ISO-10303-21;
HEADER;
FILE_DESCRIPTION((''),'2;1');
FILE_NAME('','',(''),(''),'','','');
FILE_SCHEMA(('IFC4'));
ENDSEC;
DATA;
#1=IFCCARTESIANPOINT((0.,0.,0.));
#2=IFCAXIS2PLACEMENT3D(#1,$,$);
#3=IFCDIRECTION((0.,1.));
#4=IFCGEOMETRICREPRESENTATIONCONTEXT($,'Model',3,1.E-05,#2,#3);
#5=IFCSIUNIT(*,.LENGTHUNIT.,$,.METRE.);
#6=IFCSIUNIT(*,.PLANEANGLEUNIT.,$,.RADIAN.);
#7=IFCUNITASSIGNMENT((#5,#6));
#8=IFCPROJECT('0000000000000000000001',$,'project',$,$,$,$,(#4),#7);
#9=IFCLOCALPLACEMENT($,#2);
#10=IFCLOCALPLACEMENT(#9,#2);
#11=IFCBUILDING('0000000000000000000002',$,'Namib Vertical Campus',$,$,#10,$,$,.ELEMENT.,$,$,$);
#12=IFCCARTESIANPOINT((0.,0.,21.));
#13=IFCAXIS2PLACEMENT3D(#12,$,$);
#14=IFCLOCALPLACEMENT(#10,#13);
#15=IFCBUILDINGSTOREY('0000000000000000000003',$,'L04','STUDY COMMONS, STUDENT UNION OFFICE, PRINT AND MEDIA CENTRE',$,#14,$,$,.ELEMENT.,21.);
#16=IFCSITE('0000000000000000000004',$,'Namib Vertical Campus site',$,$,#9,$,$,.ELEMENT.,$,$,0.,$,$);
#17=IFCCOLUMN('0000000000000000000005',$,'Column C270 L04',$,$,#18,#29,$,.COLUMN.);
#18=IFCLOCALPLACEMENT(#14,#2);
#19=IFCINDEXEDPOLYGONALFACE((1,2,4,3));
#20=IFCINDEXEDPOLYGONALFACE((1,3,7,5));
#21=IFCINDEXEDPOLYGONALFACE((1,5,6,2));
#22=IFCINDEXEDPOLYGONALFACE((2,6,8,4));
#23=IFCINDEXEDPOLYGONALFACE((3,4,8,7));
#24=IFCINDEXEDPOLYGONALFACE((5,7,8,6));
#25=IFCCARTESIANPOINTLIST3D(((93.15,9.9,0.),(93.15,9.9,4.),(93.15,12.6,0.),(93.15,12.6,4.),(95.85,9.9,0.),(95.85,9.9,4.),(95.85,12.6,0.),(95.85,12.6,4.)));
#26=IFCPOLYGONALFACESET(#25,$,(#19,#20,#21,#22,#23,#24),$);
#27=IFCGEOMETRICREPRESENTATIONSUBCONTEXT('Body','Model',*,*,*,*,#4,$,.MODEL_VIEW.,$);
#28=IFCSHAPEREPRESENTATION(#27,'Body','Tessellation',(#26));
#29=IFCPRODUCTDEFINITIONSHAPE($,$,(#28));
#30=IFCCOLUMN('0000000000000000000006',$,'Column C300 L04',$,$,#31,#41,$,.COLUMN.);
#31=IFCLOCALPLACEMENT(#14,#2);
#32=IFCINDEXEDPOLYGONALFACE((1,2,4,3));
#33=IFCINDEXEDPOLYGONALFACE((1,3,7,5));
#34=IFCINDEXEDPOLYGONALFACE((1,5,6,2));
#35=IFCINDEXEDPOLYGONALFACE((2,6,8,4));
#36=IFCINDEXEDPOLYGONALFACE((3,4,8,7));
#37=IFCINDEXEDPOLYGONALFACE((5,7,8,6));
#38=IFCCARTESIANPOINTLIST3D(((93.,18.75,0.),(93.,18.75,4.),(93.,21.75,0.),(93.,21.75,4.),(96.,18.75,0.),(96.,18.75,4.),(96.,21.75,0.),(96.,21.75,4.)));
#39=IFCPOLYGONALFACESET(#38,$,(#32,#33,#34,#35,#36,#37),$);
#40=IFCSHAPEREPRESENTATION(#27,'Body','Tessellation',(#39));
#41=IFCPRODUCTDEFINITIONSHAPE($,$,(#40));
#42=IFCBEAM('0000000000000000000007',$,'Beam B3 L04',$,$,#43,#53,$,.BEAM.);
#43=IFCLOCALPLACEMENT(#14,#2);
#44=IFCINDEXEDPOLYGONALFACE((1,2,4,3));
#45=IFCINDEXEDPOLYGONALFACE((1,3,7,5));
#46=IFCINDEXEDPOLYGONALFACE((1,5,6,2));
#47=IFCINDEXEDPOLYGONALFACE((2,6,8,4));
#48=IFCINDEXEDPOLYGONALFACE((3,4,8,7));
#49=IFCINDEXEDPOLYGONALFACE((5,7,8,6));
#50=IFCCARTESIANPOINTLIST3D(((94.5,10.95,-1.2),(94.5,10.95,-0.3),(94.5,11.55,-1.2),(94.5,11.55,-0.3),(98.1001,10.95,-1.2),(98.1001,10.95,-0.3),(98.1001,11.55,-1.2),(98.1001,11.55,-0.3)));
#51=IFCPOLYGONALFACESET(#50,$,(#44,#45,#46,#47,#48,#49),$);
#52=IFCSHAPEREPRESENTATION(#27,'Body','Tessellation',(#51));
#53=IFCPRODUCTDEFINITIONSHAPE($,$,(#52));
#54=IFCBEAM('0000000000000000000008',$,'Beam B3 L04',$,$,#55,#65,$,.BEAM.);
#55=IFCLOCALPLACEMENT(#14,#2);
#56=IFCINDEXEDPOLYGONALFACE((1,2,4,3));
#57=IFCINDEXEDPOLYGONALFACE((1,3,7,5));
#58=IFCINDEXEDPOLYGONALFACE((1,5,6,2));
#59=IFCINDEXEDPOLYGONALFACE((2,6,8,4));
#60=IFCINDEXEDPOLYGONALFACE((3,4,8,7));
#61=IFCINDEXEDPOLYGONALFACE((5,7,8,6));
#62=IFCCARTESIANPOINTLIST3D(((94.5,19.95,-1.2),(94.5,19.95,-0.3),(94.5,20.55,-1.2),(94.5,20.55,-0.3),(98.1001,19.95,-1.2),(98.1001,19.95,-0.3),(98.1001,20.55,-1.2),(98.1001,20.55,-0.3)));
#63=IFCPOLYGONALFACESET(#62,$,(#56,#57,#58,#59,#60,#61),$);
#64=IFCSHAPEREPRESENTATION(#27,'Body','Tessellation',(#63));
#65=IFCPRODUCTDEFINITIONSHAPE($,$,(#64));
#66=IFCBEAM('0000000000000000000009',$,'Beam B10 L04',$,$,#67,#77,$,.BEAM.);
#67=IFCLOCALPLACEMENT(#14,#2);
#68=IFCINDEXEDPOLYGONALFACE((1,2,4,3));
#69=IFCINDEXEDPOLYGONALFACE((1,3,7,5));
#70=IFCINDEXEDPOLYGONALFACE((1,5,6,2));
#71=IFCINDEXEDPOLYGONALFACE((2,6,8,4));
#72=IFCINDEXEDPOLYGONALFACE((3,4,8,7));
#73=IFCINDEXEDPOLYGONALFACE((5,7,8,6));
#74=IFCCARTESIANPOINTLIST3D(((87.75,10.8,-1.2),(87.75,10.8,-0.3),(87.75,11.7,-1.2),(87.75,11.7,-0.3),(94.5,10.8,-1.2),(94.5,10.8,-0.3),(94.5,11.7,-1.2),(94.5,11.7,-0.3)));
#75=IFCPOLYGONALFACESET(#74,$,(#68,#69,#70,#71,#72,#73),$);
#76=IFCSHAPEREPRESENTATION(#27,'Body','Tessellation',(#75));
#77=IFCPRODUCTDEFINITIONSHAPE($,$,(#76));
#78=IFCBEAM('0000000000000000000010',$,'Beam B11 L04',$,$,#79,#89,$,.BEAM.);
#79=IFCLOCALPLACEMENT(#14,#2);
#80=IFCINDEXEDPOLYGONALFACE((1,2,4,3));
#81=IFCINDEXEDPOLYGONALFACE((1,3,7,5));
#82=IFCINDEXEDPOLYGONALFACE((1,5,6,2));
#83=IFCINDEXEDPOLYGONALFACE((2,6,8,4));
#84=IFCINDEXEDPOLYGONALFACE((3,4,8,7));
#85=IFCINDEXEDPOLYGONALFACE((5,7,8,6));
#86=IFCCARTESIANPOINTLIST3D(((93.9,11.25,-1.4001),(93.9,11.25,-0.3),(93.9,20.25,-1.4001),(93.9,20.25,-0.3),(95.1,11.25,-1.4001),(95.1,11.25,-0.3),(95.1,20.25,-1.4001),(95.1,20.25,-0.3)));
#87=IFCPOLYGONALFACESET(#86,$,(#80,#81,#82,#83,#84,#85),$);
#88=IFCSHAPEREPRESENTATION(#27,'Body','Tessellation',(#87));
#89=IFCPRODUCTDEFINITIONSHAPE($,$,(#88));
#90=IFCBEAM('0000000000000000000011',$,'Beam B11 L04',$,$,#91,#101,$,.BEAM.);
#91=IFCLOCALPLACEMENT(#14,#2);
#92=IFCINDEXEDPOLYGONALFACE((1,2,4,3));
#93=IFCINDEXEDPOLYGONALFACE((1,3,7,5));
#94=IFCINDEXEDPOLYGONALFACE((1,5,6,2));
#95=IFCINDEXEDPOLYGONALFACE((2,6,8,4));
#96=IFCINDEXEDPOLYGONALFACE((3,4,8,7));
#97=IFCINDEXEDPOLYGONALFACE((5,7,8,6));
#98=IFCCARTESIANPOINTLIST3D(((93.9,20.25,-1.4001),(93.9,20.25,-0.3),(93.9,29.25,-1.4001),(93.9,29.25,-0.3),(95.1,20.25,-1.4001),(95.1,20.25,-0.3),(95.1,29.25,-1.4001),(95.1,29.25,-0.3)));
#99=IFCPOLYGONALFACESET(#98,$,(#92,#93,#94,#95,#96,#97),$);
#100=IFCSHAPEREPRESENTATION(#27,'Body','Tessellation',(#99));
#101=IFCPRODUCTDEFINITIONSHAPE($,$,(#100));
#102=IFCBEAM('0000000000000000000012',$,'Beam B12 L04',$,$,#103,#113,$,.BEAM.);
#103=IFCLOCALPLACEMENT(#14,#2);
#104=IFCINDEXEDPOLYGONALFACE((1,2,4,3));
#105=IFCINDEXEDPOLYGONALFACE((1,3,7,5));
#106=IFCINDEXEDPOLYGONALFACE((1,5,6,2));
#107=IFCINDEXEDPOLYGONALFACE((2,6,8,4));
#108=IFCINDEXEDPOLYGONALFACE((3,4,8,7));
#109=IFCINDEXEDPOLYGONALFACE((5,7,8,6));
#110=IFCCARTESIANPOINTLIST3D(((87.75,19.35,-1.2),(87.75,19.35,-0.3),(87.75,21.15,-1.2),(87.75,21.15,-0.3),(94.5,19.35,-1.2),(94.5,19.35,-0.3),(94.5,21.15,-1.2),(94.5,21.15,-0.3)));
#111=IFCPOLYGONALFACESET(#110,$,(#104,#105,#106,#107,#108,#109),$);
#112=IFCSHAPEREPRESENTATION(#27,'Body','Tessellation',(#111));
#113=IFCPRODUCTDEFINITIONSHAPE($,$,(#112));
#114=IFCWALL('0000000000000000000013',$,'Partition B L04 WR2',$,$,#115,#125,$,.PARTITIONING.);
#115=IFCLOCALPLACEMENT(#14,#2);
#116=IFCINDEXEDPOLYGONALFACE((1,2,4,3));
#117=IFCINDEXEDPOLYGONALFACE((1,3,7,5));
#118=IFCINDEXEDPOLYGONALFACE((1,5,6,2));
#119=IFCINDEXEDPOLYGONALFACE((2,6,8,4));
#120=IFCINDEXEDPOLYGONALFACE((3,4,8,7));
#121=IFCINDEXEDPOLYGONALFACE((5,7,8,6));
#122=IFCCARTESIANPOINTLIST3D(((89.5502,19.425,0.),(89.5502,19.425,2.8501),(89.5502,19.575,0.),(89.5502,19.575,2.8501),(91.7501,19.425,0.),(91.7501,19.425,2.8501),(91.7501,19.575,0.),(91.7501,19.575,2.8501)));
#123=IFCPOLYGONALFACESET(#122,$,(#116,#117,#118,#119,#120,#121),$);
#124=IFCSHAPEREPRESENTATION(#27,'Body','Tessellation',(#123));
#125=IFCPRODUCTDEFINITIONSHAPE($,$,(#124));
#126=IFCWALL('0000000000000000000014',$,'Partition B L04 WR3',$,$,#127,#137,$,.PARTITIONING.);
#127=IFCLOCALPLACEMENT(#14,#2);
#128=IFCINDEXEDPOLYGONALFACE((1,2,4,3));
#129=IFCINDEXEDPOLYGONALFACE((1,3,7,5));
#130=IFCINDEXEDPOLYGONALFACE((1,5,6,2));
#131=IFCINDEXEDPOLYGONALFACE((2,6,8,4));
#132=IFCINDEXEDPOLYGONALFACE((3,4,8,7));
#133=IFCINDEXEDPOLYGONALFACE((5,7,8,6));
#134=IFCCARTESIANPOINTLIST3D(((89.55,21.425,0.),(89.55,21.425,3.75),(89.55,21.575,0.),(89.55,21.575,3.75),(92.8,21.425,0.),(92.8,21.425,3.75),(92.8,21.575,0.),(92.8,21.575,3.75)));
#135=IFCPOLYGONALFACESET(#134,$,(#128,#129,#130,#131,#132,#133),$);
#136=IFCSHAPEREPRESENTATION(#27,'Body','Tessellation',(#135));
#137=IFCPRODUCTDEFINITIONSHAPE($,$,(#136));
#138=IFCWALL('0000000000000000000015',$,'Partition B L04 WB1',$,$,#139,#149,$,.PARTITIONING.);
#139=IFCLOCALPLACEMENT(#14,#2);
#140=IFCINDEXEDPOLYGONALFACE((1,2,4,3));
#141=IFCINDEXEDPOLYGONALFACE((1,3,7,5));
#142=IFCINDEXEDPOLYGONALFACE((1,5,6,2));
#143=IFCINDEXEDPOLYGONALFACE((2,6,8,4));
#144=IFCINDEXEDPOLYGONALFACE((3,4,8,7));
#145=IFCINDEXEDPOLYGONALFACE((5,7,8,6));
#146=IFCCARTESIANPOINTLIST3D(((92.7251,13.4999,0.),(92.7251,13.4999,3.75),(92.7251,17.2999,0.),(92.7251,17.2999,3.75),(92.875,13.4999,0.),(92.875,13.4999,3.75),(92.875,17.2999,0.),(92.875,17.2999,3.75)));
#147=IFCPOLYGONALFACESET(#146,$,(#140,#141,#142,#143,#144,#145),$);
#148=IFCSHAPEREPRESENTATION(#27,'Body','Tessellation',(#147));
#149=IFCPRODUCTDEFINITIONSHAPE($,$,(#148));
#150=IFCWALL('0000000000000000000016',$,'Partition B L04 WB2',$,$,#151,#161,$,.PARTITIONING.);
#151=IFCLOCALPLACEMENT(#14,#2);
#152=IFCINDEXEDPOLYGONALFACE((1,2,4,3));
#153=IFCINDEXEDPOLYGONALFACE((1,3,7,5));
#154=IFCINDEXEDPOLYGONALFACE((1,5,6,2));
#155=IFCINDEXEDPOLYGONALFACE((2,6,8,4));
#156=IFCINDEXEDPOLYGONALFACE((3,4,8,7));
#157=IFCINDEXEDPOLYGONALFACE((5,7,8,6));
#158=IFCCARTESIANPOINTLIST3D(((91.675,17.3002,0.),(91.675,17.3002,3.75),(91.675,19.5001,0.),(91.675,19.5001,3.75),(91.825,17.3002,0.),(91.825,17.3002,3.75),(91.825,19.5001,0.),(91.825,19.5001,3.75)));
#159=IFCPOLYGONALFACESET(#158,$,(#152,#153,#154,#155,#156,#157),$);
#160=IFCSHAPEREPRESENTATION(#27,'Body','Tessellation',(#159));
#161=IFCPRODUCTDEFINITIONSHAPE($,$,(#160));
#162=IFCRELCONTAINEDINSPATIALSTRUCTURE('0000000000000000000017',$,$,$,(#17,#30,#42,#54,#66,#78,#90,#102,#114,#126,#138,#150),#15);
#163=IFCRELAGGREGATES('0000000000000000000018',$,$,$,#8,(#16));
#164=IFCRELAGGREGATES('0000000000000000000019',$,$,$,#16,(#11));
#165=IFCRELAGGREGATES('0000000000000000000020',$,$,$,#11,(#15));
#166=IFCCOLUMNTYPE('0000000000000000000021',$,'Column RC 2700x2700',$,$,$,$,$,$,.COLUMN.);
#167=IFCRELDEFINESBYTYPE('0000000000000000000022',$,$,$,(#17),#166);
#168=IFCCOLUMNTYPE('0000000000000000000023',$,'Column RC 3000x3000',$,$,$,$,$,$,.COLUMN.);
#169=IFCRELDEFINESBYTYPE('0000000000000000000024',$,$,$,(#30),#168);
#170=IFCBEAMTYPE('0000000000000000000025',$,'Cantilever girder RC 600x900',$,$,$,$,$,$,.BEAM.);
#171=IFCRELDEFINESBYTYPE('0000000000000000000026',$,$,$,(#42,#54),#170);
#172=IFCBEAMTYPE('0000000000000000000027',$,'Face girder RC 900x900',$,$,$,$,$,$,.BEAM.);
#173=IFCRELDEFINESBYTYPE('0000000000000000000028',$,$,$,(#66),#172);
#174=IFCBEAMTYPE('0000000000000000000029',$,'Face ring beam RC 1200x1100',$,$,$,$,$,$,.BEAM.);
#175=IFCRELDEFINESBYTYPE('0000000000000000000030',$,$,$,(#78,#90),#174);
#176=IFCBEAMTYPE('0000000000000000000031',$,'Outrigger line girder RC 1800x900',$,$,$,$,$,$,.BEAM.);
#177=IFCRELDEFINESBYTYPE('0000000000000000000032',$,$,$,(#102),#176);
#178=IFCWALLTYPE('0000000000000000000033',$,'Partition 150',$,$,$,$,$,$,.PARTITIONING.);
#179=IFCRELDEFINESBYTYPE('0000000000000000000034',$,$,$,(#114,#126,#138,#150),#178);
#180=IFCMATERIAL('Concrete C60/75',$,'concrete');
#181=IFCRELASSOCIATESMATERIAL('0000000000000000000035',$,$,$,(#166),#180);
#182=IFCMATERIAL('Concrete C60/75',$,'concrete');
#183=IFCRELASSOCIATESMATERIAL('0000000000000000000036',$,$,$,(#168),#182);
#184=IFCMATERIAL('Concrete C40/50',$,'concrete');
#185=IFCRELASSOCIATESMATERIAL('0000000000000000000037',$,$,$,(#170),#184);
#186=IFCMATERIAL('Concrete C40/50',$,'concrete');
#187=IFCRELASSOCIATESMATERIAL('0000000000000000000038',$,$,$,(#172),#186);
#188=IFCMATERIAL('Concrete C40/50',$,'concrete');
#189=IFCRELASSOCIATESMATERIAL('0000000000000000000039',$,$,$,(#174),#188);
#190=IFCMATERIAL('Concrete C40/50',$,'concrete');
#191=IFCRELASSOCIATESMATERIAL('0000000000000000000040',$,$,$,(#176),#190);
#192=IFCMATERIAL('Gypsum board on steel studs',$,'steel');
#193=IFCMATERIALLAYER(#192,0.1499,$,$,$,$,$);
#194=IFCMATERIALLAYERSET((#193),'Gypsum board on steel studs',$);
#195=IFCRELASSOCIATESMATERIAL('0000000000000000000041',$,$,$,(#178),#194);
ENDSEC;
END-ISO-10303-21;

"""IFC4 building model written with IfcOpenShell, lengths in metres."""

from ifc_helpers import new_model, si_unit, direction, frame, frame_2d, origin, origin_2d, place, context, subcontext, project, spatial, rectangle, extrude, material, layer, layer_set, material_profile, profile_set, type_object, element, save


model = new_model("IFC4")

# Units and contexts
model_context = context("Model", 3, precision=1e-05, world=origin(), true_north=direction((0.0, 1.0)))
body_context = subcontext(model_context, "Body", "Model", "MODEL_VIEW")
ifc_project = project(units=[si_unit("LENGTHUNIT", "METRE"), si_unit("PLANEANGLEUNIT", "RADIAN")], contexts=[model_context])

# Site, building, storey
site_placement = place(None, origin())
site = spatial("IfcSite", under=ifc_project, at=site_placement, Name="Namib Vertical Campus site", CompositionType="ELEMENT", RefElevation=0.0)
building_placement = place(site_placement, origin())
building = spatial("IfcBuilding", under=site, at=building_placement, Name="Namib Vertical Campus", CompositionType="ELEMENT")
storey_placement = place(building_placement, frame((0.0, 0.0, 21.0)))
storey = spatial("IfcBuildingStorey", under=building, at=storey_placement, Name="L04", Description="STUDY COMMONS, STUDENT UNION OFFICE, PRINT AND MEDIA CENTRE", CompositionType="ELEMENT", Elevation=21.0)

# Columns
ifc_material_1 = material(Name="Concrete C60/75", Category="concrete")
ifc_material_profile_1 = material_profile(ifc_material_1, rectangle(XDim=2.7, YDim=2.7, at=origin_2d()))
ifc_profile_set_1 = profile_set([ifc_material_profile_1], Name="Concrete C60/75")
column_type_1 = type_object("IfcColumnType", Name="Column RC 2700x2700", PredefinedType="COLUMN", material=ifc_profile_set_1)
column_1_placement = place(storey_placement, frame((94.5, 11.25, 0.0), z_axis=(0.0, 0.0, 1.0), x_axis=(1.0, 0.0, 0.0)))
element("IfcColumn", 1, at=column_1_placement, inside=storey, type_object=column_type_1, Name="Column C270 L04", PredefinedType="COLUMN", context=body_context, shape_type="SweptSolid", body=[
    extrude(rectangle(XDim=2.7, YDim=2.7, at=origin_2d()), origin(), (0.0, 0.0, 1.0), 4.0),
])
ifc_material_2 = material(Name="Concrete C60/75", Category="concrete")
ifc_material_profile_2 = material_profile(ifc_material_2, rectangle(XDim=3.0, YDim=3.0, at=origin_2d()))
ifc_profile_set_2 = profile_set([ifc_material_profile_2], Name="Concrete C60/75")
column_type_2 = type_object("IfcColumnType", Name="Column RC 3000x3000", PredefinedType="COLUMN", material=ifc_profile_set_2)
column_2_placement = place(storey_placement, frame((94.5, 20.25, 0.0), z_axis=(0.0, 0.0, 1.0), x_axis=(1.0, 0.0, 0.0)))
element("IfcColumn", 2, at=column_2_placement, inside=storey, type_object=column_type_2, Name="Column C300 L04", PredefinedType="COLUMN", context=body_context, shape_type="SweptSolid", body=[
    extrude(rectangle(XDim=3.0, YDim=3.0, at=origin_2d()), origin(), (0.0, 0.0, 1.0), 4.0),
])

# Beams
ifc_material_3 = material(Name="Concrete C40/50", Category="concrete")
ifc_material_profile_3 = material_profile(ifc_material_3, rectangle(XDim=0.6001, YDim=0.8999, at=origin_2d()))
ifc_profile_set_3 = profile_set([ifc_material_profile_3], Name="Concrete C40/50")
beam_type_1 = type_object("IfcBeamType", Name="Cantilever girder RC 600x900", PredefinedType="BEAM", material=ifc_profile_set_3)
for number, where, z_axis, x_axis, name in (
    (3, (94.5, 11.25, -0.75), (1.0, 0.0, 0.0), (0.0, 1.0, 0.0), "Beam B3 L04"),
    (4, (94.5, 20.25, -0.75), (1.0, 0.0, 0.0), (0.0, 1.0, 0.0), "Beam B3 L04"),
):
    element("IfcBeam", number, at=place(storey_placement, frame(where, z_axis=z_axis, x_axis=x_axis)), inside=storey, type_object=beam_type_1, Name=name, PredefinedType="BEAM", context=body_context, shape_type="SweptSolid", body=[
        extrude(rectangle(XDim=0.6001, YDim=0.8999, at=origin_2d()), origin(), (0.0, 0.0, 1.0), 3.6001),
    ])
ifc_material_4 = material(Name="Concrete C40/50", Category="concrete")
ifc_material_profile_4 = material_profile(ifc_material_4, rectangle(XDim=0.8999, YDim=0.8999, at=origin_2d()))
ifc_profile_set_4 = profile_set([ifc_material_profile_4], Name="Concrete C40/50")
beam_type_2 = type_object("IfcBeamType", Name="Face girder RC 900x900", PredefinedType="BEAM", material=ifc_profile_set_4)
beam_1_placement = place(storey_placement, frame((94.5, 11.25, -0.75), z_axis=(-1.0, 0.0, 0.0), x_axis=(0.0, -1.0, 0.0)))
element("IfcBeam", 5, at=beam_1_placement, inside=storey, type_object=beam_type_2, Name="Beam B10 L04", PredefinedType="BEAM", context=body_context, shape_type="SweptSolid", body=[
    extrude(rectangle(XDim=0.8999, YDim=0.8999, at=origin_2d()), origin(), (0.0, 0.0, 1.0), 6.75),
])
ifc_material_5 = material(Name="Concrete C40/50", Category="concrete")
ifc_material_profile_5 = material_profile(ifc_material_5, rectangle(XDim=1.2, YDim=1.1001, at=origin_2d()))
ifc_profile_set_5 = profile_set([ifc_material_profile_5], Name="Concrete C40/50")
beam_type_3 = type_object("IfcBeamType", Name="Face ring beam RC 1200x1100", PredefinedType="BEAM", material=ifc_profile_set_5)
for number, where, z_axis, x_axis, name in (
    (6, (94.5, 11.25, -0.8501), (0.0, 1.0, 0.0), (-1.0, 0.0, 0.0), "Beam B11 L04"),
    (7, (94.5, 20.25, -0.8501), (0.0, 1.0, 0.0), (-1.0, 0.0, 0.0), "Beam B11 L04"),
):
    element("IfcBeam", number, at=place(storey_placement, frame(where, z_axis=z_axis, x_axis=x_axis)), inside=storey, type_object=beam_type_3, Name=name, PredefinedType="BEAM", context=body_context, shape_type="SweptSolid", body=[
        extrude(rectangle(XDim=1.2, YDim=1.1001, at=origin_2d()), origin(), (0.0, 0.0, 1.0), 9.0),
    ])
ifc_material_6 = material(Name="Concrete C40/50", Category="concrete")
ifc_material_profile_6 = material_profile(ifc_material_6, rectangle(XDim=1.8, YDim=0.8999, at=origin_2d()))
ifc_profile_set_6 = profile_set([ifc_material_profile_6], Name="Concrete C40/50")
beam_type_4 = type_object("IfcBeamType", Name="Outrigger line girder RC 1800x900", PredefinedType="BEAM", material=ifc_profile_set_6)
beam_2_placement = place(storey_placement, frame((94.5, 20.25, -0.75), z_axis=(-1.0, 0.0, 0.0), x_axis=(0.0, -1.0, 0.0)))
element("IfcBeam", 8, at=beam_2_placement, inside=storey, type_object=beam_type_4, Name="Beam B12 L04", PredefinedType="BEAM", context=body_context, shape_type="SweptSolid", body=[
    extrude(rectangle(XDim=1.8, YDim=0.8999, at=origin_2d()), origin(), (0.0, 0.0, 1.0), 6.75),
])

# Walls
ifc_material_7 = material(Name="Gypsum board on steel studs", Category="steel")
ifc_layer = layer(ifc_material_7, 0.1499)
ifc_layer_set = layer_set([ifc_layer], Name="Gypsum board on steel studs")
wall_type = type_object("IfcWallType", Name="Partition 150", PredefinedType="PARTITIONING", material=ifc_layer_set)
wall_1_placement = place(storey_placement, frame((89.55, 19.5, 0.0), z_axis=(0.0, 0.0, 1.0), x_axis=(1.0, 0.0, 0.0)))
element("IfcWall", 9, at=wall_1_placement, inside=storey, type_object=wall_type, Name="Partition B L04 WR2", PredefinedType="PARTITIONING", context=body_context, shape_type="SweptSolid", body=[
    extrude(rectangle(XDim=2.2, YDim=0.1499, at=frame_2d((1.1001, 0.0))), origin(), (0.0, 0.0, 1.0), 2.8501),
])
wall_2_placement = place(storey_placement, frame((89.55, 21.5, 0.0), z_axis=(0.0, 0.0, 1.0), x_axis=(1.0, 0.0, 0.0)))
element("IfcWall", 10, at=wall_2_placement, inside=storey, type_object=wall_type, Name="Partition B L04 WR3", PredefinedType="PARTITIONING", context=body_context, shape_type="SweptSolid", body=[
    extrude(rectangle(XDim=3.25, YDim=0.1499, at=frame_2d((1.625, 0.0))), origin(), (0.0, 0.0, 1.0), 3.75),
])
wall_3_placement = place(storey_placement, frame((92.8, 13.5, 0.0), z_axis=(0.0, 0.0, 1.0), x_axis=(0.0, 1.0, 0.0)))
element("IfcWall", 11, at=wall_3_placement, inside=storey, type_object=wall_type, Name="Partition B L04 WB1", PredefinedType="PARTITIONING", context=body_context, shape_type="SweptSolid", body=[
    extrude(rectangle(XDim=3.8, YDim=0.1499, at=frame_2d((1.8999, 0.0))), origin(), (0.0, 0.0, 1.0), 3.75),
])
wall_4_placement = place(storey_placement, frame((91.75, 17.3, 0.0), z_axis=(0.0, 0.0, 1.0), x_axis=(0.0, 1.0, 0.0)))
element("IfcWall", 12, at=wall_4_placement, inside=storey, type_object=wall_type, Name="Partition B L04 WB2", PredefinedType="PARTITIONING", context=body_context, shape_type="SweptSolid", body=[
    extrude(rectangle(XDim=2.2, YDim=0.1499, at=frame_2d((1.1001, 0.0))), origin(), (0.0, 0.0, 1.0), 3.75),
])

save(model, "model.ifc")
